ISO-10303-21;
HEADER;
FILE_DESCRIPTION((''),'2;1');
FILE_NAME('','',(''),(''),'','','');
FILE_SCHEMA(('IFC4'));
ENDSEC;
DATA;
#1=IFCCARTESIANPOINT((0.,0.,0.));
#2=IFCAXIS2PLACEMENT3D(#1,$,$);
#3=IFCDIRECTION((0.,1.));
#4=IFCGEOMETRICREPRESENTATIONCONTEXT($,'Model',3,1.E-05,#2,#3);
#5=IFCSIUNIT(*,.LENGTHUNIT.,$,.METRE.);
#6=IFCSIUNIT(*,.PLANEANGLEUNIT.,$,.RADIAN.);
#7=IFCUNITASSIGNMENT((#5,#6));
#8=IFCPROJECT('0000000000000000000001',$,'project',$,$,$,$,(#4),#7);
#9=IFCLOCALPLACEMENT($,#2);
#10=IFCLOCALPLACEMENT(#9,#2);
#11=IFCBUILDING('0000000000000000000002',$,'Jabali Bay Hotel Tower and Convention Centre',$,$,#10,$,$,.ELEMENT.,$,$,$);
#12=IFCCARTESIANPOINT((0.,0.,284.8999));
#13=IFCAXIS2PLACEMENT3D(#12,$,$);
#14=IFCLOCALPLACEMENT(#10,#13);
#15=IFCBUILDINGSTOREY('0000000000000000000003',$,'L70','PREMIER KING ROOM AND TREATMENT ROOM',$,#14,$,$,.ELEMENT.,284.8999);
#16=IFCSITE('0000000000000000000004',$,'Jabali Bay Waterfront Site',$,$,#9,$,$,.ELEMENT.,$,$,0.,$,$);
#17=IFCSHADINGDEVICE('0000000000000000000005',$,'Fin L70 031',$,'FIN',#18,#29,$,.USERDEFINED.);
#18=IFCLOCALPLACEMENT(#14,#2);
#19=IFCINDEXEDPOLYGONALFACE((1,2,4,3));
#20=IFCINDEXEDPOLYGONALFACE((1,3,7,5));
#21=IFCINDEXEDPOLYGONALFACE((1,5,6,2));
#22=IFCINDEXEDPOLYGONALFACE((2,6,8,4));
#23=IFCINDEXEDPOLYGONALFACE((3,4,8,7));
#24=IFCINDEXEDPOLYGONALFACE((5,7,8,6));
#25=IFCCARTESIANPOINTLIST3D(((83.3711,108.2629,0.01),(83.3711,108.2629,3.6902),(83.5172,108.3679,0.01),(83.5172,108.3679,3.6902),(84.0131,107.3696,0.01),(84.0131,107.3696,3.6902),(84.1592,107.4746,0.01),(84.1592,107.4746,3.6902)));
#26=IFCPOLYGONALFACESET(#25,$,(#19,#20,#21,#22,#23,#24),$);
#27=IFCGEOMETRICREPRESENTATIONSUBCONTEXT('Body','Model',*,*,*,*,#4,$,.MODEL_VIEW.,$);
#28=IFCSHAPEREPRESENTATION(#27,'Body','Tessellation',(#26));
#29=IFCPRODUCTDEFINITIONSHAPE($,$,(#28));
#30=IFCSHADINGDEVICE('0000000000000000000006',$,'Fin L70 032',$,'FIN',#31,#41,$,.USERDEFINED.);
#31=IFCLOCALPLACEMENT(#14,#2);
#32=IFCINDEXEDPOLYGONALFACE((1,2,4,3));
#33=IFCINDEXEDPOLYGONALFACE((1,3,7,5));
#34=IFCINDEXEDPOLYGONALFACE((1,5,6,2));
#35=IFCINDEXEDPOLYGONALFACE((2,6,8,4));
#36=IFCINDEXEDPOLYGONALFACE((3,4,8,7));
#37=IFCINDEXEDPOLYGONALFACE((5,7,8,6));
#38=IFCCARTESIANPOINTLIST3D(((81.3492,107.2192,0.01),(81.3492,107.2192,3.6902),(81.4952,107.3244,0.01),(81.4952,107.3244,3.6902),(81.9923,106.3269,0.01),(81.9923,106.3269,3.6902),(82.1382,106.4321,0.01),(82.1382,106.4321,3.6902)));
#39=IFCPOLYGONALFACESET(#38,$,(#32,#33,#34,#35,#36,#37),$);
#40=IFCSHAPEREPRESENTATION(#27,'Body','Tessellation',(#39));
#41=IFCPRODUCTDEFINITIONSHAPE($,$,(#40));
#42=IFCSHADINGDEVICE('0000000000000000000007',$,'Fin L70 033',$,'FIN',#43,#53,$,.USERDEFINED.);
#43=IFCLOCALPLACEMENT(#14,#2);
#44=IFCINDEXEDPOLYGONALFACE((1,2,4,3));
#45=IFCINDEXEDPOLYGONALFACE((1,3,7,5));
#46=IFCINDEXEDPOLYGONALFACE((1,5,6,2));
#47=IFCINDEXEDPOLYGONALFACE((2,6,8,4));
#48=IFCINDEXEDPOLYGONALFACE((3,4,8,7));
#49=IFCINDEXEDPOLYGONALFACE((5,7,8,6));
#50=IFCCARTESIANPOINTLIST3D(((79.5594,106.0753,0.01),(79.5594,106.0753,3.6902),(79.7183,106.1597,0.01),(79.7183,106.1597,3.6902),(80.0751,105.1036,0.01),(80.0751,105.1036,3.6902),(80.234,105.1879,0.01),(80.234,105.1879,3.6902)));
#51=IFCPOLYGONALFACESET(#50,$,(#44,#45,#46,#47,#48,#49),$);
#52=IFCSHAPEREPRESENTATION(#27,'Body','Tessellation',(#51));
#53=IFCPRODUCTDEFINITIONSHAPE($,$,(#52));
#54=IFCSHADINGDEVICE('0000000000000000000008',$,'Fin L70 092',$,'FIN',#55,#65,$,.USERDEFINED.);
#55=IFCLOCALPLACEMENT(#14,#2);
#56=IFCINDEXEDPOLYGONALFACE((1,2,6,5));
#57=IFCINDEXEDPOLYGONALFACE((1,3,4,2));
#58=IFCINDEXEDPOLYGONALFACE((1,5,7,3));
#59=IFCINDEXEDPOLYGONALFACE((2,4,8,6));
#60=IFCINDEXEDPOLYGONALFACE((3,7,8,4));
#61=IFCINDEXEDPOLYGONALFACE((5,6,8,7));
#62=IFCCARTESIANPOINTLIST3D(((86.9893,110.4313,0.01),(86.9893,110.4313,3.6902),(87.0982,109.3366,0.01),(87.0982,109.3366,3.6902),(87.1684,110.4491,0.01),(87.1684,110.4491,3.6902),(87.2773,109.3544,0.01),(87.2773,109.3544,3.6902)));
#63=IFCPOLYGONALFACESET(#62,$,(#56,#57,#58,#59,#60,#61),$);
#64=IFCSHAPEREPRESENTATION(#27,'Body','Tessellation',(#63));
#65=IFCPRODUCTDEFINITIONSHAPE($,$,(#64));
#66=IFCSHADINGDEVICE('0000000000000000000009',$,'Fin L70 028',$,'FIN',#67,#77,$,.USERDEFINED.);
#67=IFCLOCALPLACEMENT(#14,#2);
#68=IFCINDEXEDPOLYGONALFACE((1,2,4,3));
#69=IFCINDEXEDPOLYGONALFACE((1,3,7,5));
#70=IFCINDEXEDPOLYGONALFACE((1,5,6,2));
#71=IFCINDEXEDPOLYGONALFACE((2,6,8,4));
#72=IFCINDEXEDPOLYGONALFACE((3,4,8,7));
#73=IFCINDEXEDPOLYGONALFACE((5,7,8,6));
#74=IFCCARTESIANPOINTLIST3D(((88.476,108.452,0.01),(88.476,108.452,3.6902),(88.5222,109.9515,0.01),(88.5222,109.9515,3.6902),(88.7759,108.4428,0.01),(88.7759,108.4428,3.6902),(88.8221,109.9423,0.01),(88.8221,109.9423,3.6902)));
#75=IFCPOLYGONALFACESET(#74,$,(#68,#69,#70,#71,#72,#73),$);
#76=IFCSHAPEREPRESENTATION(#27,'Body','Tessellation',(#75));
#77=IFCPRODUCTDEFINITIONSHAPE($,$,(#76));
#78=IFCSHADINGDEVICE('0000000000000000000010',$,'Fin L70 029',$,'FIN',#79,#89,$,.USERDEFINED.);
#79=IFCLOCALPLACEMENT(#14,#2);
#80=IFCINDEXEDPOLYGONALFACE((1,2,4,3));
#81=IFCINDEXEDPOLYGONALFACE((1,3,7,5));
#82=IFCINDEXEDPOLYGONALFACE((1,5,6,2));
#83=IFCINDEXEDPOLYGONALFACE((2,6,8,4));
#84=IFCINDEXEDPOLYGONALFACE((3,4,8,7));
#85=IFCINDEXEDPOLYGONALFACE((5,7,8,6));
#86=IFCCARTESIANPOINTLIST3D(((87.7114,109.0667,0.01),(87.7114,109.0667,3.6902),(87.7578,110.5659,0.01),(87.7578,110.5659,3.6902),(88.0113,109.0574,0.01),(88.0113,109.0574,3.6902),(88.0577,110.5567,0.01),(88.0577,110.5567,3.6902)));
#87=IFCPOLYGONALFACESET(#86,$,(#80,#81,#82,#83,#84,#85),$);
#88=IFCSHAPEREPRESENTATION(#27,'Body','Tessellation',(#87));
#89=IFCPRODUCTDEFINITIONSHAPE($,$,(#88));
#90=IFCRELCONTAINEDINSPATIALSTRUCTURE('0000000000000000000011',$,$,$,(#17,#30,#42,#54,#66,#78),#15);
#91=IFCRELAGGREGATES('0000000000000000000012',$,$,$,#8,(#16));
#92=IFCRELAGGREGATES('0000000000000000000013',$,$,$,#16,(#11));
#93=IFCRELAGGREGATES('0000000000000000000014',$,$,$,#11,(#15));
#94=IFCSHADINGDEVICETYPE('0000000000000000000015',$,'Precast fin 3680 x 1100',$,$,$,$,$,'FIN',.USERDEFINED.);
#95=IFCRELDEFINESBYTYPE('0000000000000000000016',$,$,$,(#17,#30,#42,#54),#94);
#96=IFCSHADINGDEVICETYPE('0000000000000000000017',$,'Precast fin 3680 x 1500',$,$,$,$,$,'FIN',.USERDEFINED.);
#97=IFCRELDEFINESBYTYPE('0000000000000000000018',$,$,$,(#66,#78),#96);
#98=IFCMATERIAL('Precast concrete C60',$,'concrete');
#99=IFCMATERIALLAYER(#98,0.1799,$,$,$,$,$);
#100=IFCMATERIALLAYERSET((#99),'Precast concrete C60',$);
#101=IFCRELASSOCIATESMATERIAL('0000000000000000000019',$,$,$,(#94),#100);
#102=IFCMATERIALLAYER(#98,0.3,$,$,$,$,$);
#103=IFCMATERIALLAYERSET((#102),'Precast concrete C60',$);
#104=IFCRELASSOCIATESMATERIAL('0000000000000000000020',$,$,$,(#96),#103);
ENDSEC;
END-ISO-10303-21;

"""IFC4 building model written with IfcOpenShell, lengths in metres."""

from ifc_helpers import new_model, si_unit, direction, frame, frame_2d, origin, place, context, subcontext, project, spatial, rectangle, extrude, material, layer, layer_set, type_object, element, save


model = new_model("IFC4")

# Units and contexts
model_context = context("Model", 3, precision=1e-05, world=origin(), true_north=direction((0.0, 1.0)))
body_context = subcontext(model_context, "Body", "Model", "MODEL_VIEW")
ifc_project = project(units=[si_unit("LENGTHUNIT", "METRE"), si_unit("PLANEANGLEUNIT", "RADIAN")], contexts=[model_context])

# Site, building, storey
site_placement = place(None, origin())
site = spatial("IfcSite", under=ifc_project, at=site_placement, Name="Jabali Bay Waterfront Site", CompositionType="ELEMENT", RefElevation=0.0)
building_placement = place(site_placement, origin())
building = spatial("IfcBuilding", under=site, at=building_placement, Name="Jabali Bay Hotel Tower and Convention Centre", CompositionType="ELEMENT")
storey_placement = place(building_placement, frame((0.0, 0.0, 284.8999)))
storey = spatial("IfcBuildingStorey", under=building, at=storey_placement, Name="L70", Description="PREMIER KING ROOM AND TREATMENT ROOM", CompositionType="ELEMENT", Elevation=284.8999)

# Shading devices
ifc_material_1 = material(Name="Precast concrete C60", Category="concrete")
ifc_layer_1 = layer(ifc_material_1, 0.1799)
ifc_layer_set_1 = layer_set([ifc_layer_1], Name="Precast concrete C60")
shading_device_type_1 = type_object("IfcShadingDeviceType", Name="Precast fin 3680 x 1100", ElementType="FIN", PredefinedType="USERDEFINED", material=ifc_layer_set_1)
for number, where, z_axis, x_axis, name in (
    (1, (84.0862, 107.4221, 0.01), (0.0, 0.0, 1.0), (-0.58365, 0.812006, 0.0), "Fin L70 031"),
):
    element("IfcShadingDevice", number, at=place(storey_placement, frame(where, z_axis=z_axis, x_axis=x_axis)), inside=storey, type_object=shading_device_type_1, Name=name, ObjectType="FIN", PredefinedType="USERDEFINED", context=body_context, shape_type="SweptSolid", body=[
        extrude(rectangle(XDim=1.1001, YDim=0.1799, at=frame_2d((0.55, 0.0))), origin(), (0.0, 0.0, 1.0), 3.6802),
    ])
shading_device_1_placement = place(storey_placement, frame((82.0652, 106.3796, 0.01), z_axis=(0.0, 0.0, 1.0), x_axis=(-0.584656, 0.811282, 0.0)))
element("IfcShadingDevice", 2, at=shading_device_1_placement, inside=storey, type_object=shading_device_type_1, Name="Fin L70 032", ObjectType="FIN", PredefinedType="USERDEFINED", context=body_context, shape_type="SweptSolid", body=[
    extrude(rectangle(XDim=1.0999, YDim=0.1799, at=frame_2d((0.5498, 0.0))), origin(), (0.0, 0.0, 1.0), 3.6802),
])
for number, where, z_axis, x_axis, name in (
    (3, (80.1545, 105.1458, 0.01), (0.0, 0.0, 1.0), (-0.468744, 0.883334, 0.0), "Fin L70 033"),
    (4, (87.1877, 109.3455, 0.01), (0.0, 0.0, 1.0), (-0.098976, 0.99509, 0.0), "Fin L70 092"),
):
    element("IfcShadingDevice", number, at=place(storey_placement, frame(where, z_axis=z_axis, x_axis=x_axis)), inside=storey, type_object=shading_device_type_1, Name=name, ObjectType="FIN", PredefinedType="USERDEFINED", context=body_context, shape_type="SweptSolid", body=[
        extrude(rectangle(XDim=1.1001, YDim=0.1799, at=frame_2d((0.55, 0.0))), origin(), (0.0, 0.0, 1.0), 3.6802),
    ])
ifc_layer_2 = layer(ifc_material_1, 0.3)
ifc_layer_set_2 = layer_set([ifc_layer_2], Name="Precast concrete C60")
shading_device_type_2 = type_object("IfcShadingDeviceType", Name="Precast fin 3680 x 1500", ElementType="FIN", PredefinedType="USERDEFINED", material=ifc_layer_set_2)
shading_device_2_placement = place(storey_placement, frame((88.626, 108.4475, 0.01), z_axis=(0.0, 0.0, 1.0), x_axis=(0.030757, 0.999527, 0.0)))
element("IfcShadingDevice", 5, at=shading_device_2_placement, inside=storey, type_object=shading_device_type_2, Name="Fin L70 028", ObjectType="FIN", PredefinedType="USERDEFINED", context=body_context, shape_type="SweptSolid", body=[
    extrude(rectangle(XDim=1.5002, YDim=0.3, at=frame_2d((0.75, 0.0))), origin(), (0.0, 0.0, 1.0), 3.6802),
])
shading_device_3_placement = place(storey_placement, frame((87.8613, 109.062, 0.01), z_axis=(0.0, 0.0, 1.0), x_axis=(0.030925, 0.999522, 0.0)))
element("IfcShadingDevice", 6, at=shading_device_3_placement, inside=storey, type_object=shading_device_type_2, Name="Fin L70 029", ObjectType="FIN", PredefinedType="USERDEFINED", context=body_context, shape_type="SweptSolid", body=[
    extrude(rectangle(XDim=1.5, YDim=0.3, at=frame_2d((0.75, 0.0))), origin(), (0.0, 0.0, 1.0), 3.6802),
])

save(model, "model.ifc")
